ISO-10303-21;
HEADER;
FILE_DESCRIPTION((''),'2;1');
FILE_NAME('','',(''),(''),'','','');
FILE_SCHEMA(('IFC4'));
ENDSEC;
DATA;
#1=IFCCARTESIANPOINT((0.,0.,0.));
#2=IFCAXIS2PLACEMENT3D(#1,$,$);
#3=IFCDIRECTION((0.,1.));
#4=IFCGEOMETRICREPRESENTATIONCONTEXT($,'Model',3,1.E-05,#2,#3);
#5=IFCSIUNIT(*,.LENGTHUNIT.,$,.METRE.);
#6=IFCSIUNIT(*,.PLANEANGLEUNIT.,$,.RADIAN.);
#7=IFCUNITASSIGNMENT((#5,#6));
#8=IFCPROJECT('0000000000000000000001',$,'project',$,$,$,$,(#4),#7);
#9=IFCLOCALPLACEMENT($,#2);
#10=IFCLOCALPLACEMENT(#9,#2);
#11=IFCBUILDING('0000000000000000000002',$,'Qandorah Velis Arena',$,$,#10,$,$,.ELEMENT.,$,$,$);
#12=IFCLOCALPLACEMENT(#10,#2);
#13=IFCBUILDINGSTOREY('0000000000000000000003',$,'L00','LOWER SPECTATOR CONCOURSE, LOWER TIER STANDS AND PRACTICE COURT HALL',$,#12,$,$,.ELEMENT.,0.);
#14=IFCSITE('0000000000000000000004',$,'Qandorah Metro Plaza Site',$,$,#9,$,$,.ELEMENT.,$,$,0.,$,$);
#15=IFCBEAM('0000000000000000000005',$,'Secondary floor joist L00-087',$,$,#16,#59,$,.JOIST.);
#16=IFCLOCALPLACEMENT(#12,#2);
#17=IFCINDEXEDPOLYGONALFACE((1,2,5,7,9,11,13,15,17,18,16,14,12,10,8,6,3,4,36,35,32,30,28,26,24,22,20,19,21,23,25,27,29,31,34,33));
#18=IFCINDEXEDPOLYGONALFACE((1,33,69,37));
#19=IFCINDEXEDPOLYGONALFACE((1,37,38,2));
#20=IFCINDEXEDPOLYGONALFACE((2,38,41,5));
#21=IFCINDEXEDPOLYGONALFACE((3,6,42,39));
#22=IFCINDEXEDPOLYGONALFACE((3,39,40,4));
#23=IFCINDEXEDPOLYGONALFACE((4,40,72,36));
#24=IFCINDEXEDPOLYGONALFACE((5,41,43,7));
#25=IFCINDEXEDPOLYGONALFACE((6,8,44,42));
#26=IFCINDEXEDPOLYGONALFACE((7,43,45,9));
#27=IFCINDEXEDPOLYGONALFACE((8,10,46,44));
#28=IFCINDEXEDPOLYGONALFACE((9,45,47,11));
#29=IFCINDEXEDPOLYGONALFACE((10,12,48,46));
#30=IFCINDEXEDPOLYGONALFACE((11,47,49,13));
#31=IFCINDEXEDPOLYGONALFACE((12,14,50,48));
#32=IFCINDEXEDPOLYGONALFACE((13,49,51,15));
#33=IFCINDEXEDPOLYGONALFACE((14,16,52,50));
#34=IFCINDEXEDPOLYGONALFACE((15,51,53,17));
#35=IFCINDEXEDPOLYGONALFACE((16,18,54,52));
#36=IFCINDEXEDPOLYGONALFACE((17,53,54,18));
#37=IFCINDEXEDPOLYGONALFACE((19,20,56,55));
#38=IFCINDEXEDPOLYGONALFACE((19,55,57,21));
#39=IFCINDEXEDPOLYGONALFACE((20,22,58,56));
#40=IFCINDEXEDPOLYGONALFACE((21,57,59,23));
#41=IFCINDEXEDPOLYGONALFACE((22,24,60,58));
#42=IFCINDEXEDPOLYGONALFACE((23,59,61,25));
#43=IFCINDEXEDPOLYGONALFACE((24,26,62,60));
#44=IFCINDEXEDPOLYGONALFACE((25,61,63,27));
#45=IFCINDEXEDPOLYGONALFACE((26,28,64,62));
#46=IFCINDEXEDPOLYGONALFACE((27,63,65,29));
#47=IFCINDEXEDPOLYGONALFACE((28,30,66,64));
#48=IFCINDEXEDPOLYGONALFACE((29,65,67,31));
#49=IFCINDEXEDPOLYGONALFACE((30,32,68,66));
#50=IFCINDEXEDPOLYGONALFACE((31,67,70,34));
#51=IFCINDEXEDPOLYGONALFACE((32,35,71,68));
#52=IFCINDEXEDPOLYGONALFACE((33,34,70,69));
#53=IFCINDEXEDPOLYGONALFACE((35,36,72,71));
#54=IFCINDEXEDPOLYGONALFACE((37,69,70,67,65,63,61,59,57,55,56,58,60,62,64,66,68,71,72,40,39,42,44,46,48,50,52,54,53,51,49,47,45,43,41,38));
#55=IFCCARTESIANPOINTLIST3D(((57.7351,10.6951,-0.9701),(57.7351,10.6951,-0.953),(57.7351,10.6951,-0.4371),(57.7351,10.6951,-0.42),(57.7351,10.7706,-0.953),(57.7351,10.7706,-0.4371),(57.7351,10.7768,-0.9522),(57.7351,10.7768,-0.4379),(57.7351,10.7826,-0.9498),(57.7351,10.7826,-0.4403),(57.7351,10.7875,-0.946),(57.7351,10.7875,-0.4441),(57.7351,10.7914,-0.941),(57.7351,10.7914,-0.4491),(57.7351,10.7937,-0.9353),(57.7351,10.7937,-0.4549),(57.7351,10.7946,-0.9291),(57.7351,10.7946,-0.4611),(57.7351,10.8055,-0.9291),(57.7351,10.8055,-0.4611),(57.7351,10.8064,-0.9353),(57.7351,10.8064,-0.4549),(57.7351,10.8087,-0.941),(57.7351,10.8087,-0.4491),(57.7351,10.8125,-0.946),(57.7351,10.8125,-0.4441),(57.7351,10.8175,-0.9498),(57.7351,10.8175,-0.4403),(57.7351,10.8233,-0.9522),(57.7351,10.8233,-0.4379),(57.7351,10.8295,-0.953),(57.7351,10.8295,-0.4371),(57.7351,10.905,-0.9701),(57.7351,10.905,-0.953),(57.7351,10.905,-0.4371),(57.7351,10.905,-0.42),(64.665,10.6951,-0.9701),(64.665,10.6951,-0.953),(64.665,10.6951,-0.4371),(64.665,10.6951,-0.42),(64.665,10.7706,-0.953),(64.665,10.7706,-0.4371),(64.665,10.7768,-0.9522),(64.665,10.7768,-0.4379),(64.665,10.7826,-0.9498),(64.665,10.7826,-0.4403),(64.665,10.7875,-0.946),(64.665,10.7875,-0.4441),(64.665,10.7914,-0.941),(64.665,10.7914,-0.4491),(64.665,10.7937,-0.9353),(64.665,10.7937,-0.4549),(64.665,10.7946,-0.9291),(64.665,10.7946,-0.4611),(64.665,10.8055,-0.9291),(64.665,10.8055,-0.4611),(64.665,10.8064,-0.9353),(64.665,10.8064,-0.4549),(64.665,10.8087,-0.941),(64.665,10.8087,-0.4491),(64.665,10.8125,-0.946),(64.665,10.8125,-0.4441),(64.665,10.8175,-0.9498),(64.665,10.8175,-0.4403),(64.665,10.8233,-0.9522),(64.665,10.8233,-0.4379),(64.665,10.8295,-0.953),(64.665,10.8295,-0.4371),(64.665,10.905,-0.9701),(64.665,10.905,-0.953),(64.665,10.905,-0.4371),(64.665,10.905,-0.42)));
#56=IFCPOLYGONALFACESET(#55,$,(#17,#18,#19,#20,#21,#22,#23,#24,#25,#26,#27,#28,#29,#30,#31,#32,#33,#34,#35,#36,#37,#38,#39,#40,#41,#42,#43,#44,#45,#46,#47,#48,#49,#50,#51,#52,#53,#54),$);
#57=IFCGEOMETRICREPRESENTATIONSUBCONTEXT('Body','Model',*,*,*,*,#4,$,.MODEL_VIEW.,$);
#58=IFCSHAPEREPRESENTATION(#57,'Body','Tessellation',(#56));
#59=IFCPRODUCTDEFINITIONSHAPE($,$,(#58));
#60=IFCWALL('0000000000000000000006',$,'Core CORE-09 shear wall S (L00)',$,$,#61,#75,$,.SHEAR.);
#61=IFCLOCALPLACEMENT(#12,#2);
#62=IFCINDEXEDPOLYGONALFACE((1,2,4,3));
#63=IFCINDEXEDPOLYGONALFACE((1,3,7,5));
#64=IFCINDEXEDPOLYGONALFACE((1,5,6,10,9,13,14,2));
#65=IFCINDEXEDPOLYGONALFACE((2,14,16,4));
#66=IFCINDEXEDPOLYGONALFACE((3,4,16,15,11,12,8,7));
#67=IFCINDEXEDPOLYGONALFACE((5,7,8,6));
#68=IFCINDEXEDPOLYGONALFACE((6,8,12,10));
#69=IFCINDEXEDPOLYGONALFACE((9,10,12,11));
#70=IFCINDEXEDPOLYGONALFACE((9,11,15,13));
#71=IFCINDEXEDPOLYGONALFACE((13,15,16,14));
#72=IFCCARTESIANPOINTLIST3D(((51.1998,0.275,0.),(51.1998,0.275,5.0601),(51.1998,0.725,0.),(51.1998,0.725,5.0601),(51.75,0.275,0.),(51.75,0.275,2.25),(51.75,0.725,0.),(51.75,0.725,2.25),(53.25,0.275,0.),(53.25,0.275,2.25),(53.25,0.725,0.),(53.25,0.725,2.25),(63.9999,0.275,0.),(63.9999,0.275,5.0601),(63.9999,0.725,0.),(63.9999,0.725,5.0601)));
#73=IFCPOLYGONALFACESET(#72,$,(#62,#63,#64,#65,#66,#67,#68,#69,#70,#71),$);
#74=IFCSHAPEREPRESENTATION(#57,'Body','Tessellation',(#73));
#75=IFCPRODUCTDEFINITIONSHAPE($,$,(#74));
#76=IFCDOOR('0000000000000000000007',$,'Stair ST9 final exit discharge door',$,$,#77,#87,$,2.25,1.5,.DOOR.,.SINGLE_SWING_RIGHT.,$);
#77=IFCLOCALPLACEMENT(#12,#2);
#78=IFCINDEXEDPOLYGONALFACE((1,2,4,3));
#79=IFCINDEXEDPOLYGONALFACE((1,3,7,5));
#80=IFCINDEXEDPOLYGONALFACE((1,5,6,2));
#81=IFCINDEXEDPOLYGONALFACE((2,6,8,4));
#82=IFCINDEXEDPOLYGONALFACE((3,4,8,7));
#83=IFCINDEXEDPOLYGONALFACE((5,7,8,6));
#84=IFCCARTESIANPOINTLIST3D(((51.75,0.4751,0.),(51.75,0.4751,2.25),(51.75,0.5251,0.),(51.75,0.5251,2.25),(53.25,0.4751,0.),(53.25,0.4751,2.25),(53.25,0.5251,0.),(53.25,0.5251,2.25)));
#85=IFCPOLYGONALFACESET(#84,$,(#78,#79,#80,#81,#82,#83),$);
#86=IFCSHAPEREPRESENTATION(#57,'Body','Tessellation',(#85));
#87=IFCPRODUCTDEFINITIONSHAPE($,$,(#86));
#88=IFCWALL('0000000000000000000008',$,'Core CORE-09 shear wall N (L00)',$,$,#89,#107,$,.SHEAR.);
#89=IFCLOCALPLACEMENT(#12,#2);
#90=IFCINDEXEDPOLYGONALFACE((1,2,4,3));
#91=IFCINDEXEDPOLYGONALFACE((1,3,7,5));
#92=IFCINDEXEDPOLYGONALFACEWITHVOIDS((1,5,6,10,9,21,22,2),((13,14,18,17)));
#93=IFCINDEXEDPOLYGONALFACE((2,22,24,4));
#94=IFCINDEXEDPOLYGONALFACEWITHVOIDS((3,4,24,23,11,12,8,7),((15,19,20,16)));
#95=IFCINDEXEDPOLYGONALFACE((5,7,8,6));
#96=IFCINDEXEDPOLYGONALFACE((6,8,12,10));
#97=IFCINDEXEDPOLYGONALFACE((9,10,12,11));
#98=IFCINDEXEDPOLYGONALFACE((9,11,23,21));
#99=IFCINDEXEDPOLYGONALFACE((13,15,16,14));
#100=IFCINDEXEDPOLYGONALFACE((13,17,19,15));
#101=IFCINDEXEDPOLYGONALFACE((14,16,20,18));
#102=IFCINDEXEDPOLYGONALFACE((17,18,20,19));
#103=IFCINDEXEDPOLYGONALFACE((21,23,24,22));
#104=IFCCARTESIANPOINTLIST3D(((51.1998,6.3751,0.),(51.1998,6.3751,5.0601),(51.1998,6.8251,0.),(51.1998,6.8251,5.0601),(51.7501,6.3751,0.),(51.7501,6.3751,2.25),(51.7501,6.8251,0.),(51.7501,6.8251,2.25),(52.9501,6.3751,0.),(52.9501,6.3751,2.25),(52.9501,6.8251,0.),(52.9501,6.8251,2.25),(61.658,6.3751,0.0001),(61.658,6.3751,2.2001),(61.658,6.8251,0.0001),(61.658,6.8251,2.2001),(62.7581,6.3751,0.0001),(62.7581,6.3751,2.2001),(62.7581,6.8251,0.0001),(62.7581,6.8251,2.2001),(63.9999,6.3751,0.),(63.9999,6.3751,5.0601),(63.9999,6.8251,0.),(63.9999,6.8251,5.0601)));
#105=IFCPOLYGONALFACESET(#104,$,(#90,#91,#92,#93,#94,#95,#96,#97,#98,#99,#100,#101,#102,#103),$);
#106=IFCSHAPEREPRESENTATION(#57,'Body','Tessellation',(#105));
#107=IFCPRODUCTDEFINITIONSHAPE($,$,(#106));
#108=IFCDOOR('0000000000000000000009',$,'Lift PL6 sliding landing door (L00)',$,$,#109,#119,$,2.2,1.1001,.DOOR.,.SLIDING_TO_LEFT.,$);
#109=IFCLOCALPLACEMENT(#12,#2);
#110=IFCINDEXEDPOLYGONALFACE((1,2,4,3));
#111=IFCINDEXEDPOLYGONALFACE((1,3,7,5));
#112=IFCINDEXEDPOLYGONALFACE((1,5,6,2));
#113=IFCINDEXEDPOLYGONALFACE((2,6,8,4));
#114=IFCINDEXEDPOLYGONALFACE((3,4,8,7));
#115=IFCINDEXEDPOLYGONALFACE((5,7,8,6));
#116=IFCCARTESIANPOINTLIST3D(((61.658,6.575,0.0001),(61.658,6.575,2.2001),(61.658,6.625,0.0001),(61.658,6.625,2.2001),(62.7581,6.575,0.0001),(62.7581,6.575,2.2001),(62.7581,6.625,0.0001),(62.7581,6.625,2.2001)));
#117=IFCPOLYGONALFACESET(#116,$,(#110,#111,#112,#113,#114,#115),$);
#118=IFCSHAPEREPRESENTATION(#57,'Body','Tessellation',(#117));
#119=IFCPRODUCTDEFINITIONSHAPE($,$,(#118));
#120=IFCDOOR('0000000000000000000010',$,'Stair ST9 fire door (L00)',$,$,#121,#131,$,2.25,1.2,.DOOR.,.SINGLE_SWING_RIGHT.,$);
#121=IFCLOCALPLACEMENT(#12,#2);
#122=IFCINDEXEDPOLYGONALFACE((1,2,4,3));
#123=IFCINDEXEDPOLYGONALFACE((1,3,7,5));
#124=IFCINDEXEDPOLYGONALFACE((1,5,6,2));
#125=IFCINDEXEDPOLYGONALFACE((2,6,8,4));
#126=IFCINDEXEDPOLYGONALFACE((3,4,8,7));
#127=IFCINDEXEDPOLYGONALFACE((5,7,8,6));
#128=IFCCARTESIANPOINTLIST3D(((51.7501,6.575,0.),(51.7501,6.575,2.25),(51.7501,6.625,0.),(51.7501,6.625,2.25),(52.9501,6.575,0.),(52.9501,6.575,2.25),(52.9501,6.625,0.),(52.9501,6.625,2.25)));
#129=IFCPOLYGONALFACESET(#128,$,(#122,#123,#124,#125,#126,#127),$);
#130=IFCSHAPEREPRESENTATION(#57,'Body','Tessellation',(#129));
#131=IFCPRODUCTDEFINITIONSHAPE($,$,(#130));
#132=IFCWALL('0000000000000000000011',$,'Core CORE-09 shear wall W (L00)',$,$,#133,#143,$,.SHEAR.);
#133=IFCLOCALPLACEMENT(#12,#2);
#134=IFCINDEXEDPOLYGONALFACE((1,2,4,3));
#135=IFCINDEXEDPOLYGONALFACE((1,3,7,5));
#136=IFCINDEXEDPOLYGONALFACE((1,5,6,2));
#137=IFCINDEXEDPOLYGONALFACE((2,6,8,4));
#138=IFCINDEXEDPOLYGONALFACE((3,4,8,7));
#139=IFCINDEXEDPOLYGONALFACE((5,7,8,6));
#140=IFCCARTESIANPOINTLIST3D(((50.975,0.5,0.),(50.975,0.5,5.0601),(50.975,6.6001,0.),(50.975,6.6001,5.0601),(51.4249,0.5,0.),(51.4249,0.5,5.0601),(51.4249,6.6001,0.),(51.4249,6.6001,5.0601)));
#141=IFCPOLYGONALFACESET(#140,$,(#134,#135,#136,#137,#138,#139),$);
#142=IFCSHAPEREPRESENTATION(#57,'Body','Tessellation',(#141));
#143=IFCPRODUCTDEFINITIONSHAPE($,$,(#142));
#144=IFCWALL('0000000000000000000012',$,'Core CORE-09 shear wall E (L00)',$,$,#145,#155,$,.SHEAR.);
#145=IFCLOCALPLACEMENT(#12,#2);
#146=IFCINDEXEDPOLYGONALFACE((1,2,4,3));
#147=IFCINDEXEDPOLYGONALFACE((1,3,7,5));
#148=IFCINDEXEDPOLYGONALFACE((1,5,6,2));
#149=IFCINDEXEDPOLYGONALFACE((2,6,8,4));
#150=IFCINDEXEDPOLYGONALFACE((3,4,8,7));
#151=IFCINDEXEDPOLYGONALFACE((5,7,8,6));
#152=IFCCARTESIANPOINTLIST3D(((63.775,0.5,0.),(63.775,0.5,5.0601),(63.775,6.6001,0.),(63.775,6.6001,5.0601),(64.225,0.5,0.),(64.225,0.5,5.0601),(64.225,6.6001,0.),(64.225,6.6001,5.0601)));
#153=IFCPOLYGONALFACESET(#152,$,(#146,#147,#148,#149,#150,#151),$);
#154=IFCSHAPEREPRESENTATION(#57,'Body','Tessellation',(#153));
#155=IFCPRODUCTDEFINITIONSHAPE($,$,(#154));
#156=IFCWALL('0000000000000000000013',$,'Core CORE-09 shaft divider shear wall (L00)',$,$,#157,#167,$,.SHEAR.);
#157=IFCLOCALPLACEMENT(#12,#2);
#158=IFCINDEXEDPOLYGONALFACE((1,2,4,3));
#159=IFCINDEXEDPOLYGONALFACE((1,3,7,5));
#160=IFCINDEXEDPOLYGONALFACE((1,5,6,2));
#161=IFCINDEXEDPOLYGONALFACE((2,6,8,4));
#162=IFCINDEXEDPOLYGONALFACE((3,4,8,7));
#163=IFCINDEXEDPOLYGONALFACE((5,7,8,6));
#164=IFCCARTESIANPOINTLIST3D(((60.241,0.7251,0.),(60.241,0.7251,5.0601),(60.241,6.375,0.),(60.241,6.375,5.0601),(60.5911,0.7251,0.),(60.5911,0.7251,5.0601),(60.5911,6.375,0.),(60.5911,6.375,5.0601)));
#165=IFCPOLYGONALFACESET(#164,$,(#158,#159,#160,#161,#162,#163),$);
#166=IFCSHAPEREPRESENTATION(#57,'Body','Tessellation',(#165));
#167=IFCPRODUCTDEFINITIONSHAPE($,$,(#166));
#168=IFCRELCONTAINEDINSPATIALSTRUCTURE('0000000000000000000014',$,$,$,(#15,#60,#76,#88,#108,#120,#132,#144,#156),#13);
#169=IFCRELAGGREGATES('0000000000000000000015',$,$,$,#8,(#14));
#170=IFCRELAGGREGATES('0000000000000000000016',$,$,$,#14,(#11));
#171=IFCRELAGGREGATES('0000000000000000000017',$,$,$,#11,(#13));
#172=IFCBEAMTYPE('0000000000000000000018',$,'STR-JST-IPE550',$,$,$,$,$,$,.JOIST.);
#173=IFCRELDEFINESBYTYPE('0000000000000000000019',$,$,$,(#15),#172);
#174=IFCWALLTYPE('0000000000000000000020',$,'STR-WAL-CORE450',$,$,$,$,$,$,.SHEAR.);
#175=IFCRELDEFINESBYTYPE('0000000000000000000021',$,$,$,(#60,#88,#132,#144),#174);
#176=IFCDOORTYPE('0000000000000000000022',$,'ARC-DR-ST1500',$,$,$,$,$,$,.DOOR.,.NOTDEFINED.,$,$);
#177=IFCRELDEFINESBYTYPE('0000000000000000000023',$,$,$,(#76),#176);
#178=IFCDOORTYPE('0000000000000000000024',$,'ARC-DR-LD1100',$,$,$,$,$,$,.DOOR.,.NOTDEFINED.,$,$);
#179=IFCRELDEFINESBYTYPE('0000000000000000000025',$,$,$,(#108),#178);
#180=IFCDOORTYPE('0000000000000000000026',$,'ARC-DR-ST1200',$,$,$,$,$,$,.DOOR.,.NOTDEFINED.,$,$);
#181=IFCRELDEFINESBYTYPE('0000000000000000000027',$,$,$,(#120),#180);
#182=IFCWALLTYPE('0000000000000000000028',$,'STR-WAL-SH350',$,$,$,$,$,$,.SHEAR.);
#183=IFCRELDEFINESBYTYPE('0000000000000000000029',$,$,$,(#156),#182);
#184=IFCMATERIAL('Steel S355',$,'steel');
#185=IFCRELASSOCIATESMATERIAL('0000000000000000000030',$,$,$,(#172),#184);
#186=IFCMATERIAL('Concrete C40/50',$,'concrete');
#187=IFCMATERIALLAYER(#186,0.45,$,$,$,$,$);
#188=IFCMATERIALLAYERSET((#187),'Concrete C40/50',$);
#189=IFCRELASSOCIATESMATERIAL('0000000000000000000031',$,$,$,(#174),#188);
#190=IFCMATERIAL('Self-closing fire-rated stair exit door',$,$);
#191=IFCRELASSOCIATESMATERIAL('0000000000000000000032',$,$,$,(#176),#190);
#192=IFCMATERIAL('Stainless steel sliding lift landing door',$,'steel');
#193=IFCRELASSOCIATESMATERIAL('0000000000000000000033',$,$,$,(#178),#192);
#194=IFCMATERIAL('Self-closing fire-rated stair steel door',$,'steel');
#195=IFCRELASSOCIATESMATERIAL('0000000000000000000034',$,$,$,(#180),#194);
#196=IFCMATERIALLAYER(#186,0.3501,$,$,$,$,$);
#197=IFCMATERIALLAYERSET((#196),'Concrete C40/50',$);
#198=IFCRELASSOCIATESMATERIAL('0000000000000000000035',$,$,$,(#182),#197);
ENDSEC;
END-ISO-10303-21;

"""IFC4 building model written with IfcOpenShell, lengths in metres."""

from ifc_helpers import new_model, si_unit, direction, frame, frame_2d, origin, origin_2d, place, context, subcontext, project, spatial, rectangle, i_section, extrude, material, layer, layer_set, material_profile, profile_set, type_object, element, fill, save


model = new_model("IFC4")

# Units and contexts
model_context = context("Model", 3, precision=1e-05, world=origin(), true_north=direction((0.0, 1.0)))
body_context = subcontext(model_context, "Body", "Model", "MODEL_VIEW")
ifc_project = project(units=[si_unit("LENGTHUNIT", "METRE"), si_unit("PLANEANGLEUNIT", "RADIAN")], contexts=[model_context])

# Site, building, storey
site_placement = place(None, origin())
site = spatial("IfcSite", under=ifc_project, at=site_placement, Name="Qandorah Metro Plaza Site", CompositionType="ELEMENT", RefElevation=0.0)
building_placement = place(site_placement, origin())
building = spatial("IfcBuilding", under=site, at=building_placement, Name="Qandorah Velis Arena", CompositionType="ELEMENT")
storey_placement = place(building_placement, origin())
storey = spatial("IfcBuildingStorey", under=building, at=storey_placement, Name="L00", Description="LOWER SPECTATOR CONCOURSE, LOWER TIER STANDS AND PRACTICE COURT HALL", CompositionType="ELEMENT", Elevation=0.0)

# Shared definitions
ifc_material_1 = material(Name="Concrete C40/50", Category="concrete")

# Beam
ifc_material_2 = material(Name="Steel S355", Category="steel")
ifc_material_profile_1 = material_profile(ifc_material_2, i_section(OverallWidth=0.21, OverallDepth=0.55, WebThickness=0.011, FlangeThickness=0.0171, FilletRadius=0.0239, at=origin_2d()), Name="IPE 550")
ifc_profile_set_1 = profile_set([ifc_material_profile_1], Name="Steel S355")
beam_type_1 = type_object("IfcBeamType", Name="STR-JST-IPE550", PredefinedType="JOIST", material=ifc_profile_set_1)
beam_1_placement = place(storey_placement, frame((57.7351, 10.8, -0.6951), z_axis=(1.0, 0.0, 0.0), x_axis=(0.0, 1.0, 0.0)))
element("IfcBeam", 1, at=beam_1_placement, inside=storey, type_object=beam_type_1, Name="Secondary floor joist L00-087", PredefinedType="JOIST", context=body_context, shape_type="SweptSolid", body=[
    extrude(i_section(OverallWidth=0.21, OverallDepth=0.55, WebThickness=0.011, FlangeThickness=0.0171, FilletRadius=0.0239, at=origin_2d()), origin(), (0.0, 0.0, 1.0), 6.9299),
])

# Wall, opening, door
ifc_layer_1 = layer(ifc_material_1, 0.45)
ifc_layer_set_1 = layer_set([ifc_layer_1], Name="Concrete C40/50")
wall_type_1 = type_object("IfcWallType", Name="STR-WAL-CORE450", PredefinedType="SHEAR", material=ifc_layer_set_1)
wall_1_placement = place(storey_placement, frame((51.2, 0.5, 0.0), z_axis=(0.0, 0.0, 1.0), x_axis=(1.0, 0.0, 0.0)))
wall_1 = element("IfcWall", 2, at=wall_1_placement, inside=storey, type_object=wall_type_1, Name="Core CORE-09 shear wall S (L00)", PredefinedType="SHEAR", context=body_context, shape_type="SweptSolid", body=[
    extrude(rectangle(XDim=12.8, YDim=0.45, at=frame_2d((6.3999, 0.0))), origin(), (0.0, 0.0, 1.0), 5.0601),
])
opening_1_placement = place(wall_1_placement, frame((0.55, 0.0, 0.0)))
opening_1 = element("IfcOpeningElement", 3, at=opening_1_placement, cuts=wall_1, PredefinedType="OPENING", context=body_context, shape_type="SweptSolid", body=[
    extrude(rectangle(XDim=1.5, YDim=2.25, at=frame_2d((0.75, 1.125))), frame((0.0, 0.2349, 0.0), z_axis=(0.0, -1.0, 0.0), x_axis=(1.0, 0.0, 0.0)), (0.0, 0.0, 1.0), 0.47),
])
ifc_material_3 = material(Name="Self-closing fire-rated stair exit door")
door_type_1 = type_object("IfcDoorType", Name="ARC-DR-ST1500", OperationType="NOTDEFINED", PredefinedType="DOOR", material=ifc_material_3)
door_1_placement = place(opening_1_placement, frame((1.5, 0.0, 0.0), z_axis=(0.0, 0.0, 1.0), x_axis=(-1.0, 0.0, 0.0)))
door_1 = element("IfcDoor", 4, at=door_1_placement, inside=storey, type_object=door_type_1, Name="Stair ST9 final exit discharge door", OperationType="SINGLE_SWING_RIGHT", OverallHeight=2.25, OverallWidth=1.5, PredefinedType="DOOR", context=body_context, shape_type="SweptSolid", body=[
    extrude(rectangle(XDim=1.5, YDim=2.25, at=frame_2d((0.75, 1.125))), frame((0.0, 0.0249, 0.0), z_axis=(0.0, -1.0, 0.0), x_axis=(1.0, 0.0, 0.0)), (0.0, 0.0, 1.0), 0.05),
])
fill(opening_1, door_1)

# Wall, openings, doors
wall_2_placement = place(storey_placement, frame((51.2, 6.6001, 0.0), z_axis=(0.0, 0.0, 1.0), x_axis=(1.0, 0.0, 0.0)))
wall_2 = element("IfcWall", 5, at=wall_2_placement, inside=storey, type_object=wall_type_1, Name="Core CORE-09 shear wall N (L00)", PredefinedType="SHEAR", context=body_context, shape_type="SweptSolid", body=[
    extrude(rectangle(XDim=12.8, YDim=0.45, at=frame_2d((6.3999, 0.0))), origin(), (0.0, 0.0, 1.0), 5.0601),
])
opening_2_placement = place(wall_2_placement, frame((0.55, 0.0, 0.0)))
opening_2 = element("IfcOpeningElement", 6, at=opening_2_placement, cuts=wall_2, PredefinedType="OPENING", context=body_context, shape_type="SweptSolid", body=[
    extrude(rectangle(XDim=1.2, YDim=2.25, at=frame_2d((0.6001, 1.125))), frame((0.0, 0.2349, 0.0), z_axis=(0.0, -1.0, 0.0), x_axis=(1.0, 0.0, 0.0)), (0.0, 0.0, 1.0), 0.47),
])
opening_3_placement = place(wall_2_placement, frame((10.458, 0.0, 0.0)))
opening_3 = element("IfcOpeningElement", 7, at=opening_3_placement, cuts=wall_2, PredefinedType="OPENING", context=body_context, shape_type="SweptSolid", body=[
    extrude(rectangle(XDim=1.1001, YDim=2.2, at=frame_2d((0.55, 1.1001))), frame((0.0, 0.2349, 0.0), z_axis=(0.0, -1.0, 0.0), x_axis=(1.0, 0.0, 0.0)), (0.0, 0.0, 1.0), 0.47),
])
ifc_material_4 = material(Name="Stainless steel sliding lift landing door", Category="steel")
door_type_2 = type_object("IfcDoorType", Name="ARC-DR-LD1100", OperationType="NOTDEFINED", PredefinedType="DOOR", material=ifc_material_4)
door_2_placement = place(opening_3_placement, origin())
door_2 = element("IfcDoor", 8, at=door_2_placement, inside=storey, type_object=door_type_2, Name="Lift PL6 sliding landing door (L00)", OperationType="SLIDING_TO_LEFT", OverallHeight=2.2, OverallWidth=1.1001, PredefinedType="DOOR", context=body_context, shape_type="SweptSolid", body=[
    extrude(rectangle(XDim=1.1001, YDim=2.2, at=frame_2d((0.55, 1.1001))), frame((0.0, 0.0249, 0.0), z_axis=(0.0, -1.0, 0.0), x_axis=(1.0, 0.0, 0.0)), (0.0, 0.0, 1.0), 0.05),
])
fill(opening_3, door_2)
ifc_material_5 = material(Name="Self-closing fire-rated stair steel door", Category="steel")
door_type_3 = type_object("IfcDoorType", Name="ARC-DR-ST1200", OperationType="NOTDEFINED", PredefinedType="DOOR", material=ifc_material_5)
door_3_placement = place(opening_2_placement, origin())
door_3 = element("IfcDoor", 9, at=door_3_placement, inside=storey, type_object=door_type_3, Name="Stair ST9 fire door (L00)", OperationType="SINGLE_SWING_RIGHT", OverallHeight=2.25, OverallWidth=1.2, PredefinedType="DOOR", context=body_context, shape_type="SweptSolid", body=[
    extrude(rectangle(XDim=1.2, YDim=2.25, at=frame_2d((0.6001, 1.125))), frame((0.0, 0.0249, 0.0), z_axis=(0.0, -1.0, 0.0), x_axis=(1.0, 0.0, 0.0)), (0.0, 0.0, 1.0), 0.05),
])
fill(opening_2, door_3)

# Walls
for number, where, z_axis, x_axis, name in (
    (10, (51.2, 0.5, 0.0), (0.0, 0.0, 1.0), (0.0, 1.0, 0.0), "Core CORE-09 shear wall W (L00)"),
    (11, (64.0, 0.5, 0.0), (0.0, 0.0, 1.0), (0.0, 1.0, 0.0), "Core CORE-09 shear wall E (L00)"),
):
    element("IfcWall", number, at=place(storey_placement, frame(where, z_axis=z_axis, x_axis=x_axis)), inside=storey, type_object=wall_type_1, Name=name, PredefinedType="SHEAR", context=body_context, shape_type="SweptSolid", body=[
        extrude(rectangle(XDim=6.1001, YDim=0.45, at=frame_2d((3.05, 0.0))), origin(), (0.0, 0.0, 1.0), 5.0601),
    ])
ifc_layer_2 = layer(ifc_material_1, 0.3501)
ifc_layer_set_2 = layer_set([ifc_layer_2], Name="Concrete C40/50")
wall_type_2 = type_object("IfcWallType", Name="STR-WAL-SH350", PredefinedType="SHEAR", material=ifc_layer_set_2)
wall_3_placement = place(storey_placement, frame((60.416, 0.7251, 0.0), z_axis=(0.0, 0.0, 1.0), x_axis=(0.0, 1.0, 0.0)))
element("IfcWall", 12, at=wall_3_placement, inside=storey, type_object=wall_type_2, Name="Core CORE-09 shaft divider shear wall (L00)", PredefinedType="SHEAR", context=body_context, shape_type="SweptSolid", body=[
    extrude(rectangle(XDim=5.6499, YDim=0.3501, at=frame_2d((2.825, 0.0))), origin(), (0.0, 0.0, 1.0), 5.0601),
])

save(model, "model.ifc")
